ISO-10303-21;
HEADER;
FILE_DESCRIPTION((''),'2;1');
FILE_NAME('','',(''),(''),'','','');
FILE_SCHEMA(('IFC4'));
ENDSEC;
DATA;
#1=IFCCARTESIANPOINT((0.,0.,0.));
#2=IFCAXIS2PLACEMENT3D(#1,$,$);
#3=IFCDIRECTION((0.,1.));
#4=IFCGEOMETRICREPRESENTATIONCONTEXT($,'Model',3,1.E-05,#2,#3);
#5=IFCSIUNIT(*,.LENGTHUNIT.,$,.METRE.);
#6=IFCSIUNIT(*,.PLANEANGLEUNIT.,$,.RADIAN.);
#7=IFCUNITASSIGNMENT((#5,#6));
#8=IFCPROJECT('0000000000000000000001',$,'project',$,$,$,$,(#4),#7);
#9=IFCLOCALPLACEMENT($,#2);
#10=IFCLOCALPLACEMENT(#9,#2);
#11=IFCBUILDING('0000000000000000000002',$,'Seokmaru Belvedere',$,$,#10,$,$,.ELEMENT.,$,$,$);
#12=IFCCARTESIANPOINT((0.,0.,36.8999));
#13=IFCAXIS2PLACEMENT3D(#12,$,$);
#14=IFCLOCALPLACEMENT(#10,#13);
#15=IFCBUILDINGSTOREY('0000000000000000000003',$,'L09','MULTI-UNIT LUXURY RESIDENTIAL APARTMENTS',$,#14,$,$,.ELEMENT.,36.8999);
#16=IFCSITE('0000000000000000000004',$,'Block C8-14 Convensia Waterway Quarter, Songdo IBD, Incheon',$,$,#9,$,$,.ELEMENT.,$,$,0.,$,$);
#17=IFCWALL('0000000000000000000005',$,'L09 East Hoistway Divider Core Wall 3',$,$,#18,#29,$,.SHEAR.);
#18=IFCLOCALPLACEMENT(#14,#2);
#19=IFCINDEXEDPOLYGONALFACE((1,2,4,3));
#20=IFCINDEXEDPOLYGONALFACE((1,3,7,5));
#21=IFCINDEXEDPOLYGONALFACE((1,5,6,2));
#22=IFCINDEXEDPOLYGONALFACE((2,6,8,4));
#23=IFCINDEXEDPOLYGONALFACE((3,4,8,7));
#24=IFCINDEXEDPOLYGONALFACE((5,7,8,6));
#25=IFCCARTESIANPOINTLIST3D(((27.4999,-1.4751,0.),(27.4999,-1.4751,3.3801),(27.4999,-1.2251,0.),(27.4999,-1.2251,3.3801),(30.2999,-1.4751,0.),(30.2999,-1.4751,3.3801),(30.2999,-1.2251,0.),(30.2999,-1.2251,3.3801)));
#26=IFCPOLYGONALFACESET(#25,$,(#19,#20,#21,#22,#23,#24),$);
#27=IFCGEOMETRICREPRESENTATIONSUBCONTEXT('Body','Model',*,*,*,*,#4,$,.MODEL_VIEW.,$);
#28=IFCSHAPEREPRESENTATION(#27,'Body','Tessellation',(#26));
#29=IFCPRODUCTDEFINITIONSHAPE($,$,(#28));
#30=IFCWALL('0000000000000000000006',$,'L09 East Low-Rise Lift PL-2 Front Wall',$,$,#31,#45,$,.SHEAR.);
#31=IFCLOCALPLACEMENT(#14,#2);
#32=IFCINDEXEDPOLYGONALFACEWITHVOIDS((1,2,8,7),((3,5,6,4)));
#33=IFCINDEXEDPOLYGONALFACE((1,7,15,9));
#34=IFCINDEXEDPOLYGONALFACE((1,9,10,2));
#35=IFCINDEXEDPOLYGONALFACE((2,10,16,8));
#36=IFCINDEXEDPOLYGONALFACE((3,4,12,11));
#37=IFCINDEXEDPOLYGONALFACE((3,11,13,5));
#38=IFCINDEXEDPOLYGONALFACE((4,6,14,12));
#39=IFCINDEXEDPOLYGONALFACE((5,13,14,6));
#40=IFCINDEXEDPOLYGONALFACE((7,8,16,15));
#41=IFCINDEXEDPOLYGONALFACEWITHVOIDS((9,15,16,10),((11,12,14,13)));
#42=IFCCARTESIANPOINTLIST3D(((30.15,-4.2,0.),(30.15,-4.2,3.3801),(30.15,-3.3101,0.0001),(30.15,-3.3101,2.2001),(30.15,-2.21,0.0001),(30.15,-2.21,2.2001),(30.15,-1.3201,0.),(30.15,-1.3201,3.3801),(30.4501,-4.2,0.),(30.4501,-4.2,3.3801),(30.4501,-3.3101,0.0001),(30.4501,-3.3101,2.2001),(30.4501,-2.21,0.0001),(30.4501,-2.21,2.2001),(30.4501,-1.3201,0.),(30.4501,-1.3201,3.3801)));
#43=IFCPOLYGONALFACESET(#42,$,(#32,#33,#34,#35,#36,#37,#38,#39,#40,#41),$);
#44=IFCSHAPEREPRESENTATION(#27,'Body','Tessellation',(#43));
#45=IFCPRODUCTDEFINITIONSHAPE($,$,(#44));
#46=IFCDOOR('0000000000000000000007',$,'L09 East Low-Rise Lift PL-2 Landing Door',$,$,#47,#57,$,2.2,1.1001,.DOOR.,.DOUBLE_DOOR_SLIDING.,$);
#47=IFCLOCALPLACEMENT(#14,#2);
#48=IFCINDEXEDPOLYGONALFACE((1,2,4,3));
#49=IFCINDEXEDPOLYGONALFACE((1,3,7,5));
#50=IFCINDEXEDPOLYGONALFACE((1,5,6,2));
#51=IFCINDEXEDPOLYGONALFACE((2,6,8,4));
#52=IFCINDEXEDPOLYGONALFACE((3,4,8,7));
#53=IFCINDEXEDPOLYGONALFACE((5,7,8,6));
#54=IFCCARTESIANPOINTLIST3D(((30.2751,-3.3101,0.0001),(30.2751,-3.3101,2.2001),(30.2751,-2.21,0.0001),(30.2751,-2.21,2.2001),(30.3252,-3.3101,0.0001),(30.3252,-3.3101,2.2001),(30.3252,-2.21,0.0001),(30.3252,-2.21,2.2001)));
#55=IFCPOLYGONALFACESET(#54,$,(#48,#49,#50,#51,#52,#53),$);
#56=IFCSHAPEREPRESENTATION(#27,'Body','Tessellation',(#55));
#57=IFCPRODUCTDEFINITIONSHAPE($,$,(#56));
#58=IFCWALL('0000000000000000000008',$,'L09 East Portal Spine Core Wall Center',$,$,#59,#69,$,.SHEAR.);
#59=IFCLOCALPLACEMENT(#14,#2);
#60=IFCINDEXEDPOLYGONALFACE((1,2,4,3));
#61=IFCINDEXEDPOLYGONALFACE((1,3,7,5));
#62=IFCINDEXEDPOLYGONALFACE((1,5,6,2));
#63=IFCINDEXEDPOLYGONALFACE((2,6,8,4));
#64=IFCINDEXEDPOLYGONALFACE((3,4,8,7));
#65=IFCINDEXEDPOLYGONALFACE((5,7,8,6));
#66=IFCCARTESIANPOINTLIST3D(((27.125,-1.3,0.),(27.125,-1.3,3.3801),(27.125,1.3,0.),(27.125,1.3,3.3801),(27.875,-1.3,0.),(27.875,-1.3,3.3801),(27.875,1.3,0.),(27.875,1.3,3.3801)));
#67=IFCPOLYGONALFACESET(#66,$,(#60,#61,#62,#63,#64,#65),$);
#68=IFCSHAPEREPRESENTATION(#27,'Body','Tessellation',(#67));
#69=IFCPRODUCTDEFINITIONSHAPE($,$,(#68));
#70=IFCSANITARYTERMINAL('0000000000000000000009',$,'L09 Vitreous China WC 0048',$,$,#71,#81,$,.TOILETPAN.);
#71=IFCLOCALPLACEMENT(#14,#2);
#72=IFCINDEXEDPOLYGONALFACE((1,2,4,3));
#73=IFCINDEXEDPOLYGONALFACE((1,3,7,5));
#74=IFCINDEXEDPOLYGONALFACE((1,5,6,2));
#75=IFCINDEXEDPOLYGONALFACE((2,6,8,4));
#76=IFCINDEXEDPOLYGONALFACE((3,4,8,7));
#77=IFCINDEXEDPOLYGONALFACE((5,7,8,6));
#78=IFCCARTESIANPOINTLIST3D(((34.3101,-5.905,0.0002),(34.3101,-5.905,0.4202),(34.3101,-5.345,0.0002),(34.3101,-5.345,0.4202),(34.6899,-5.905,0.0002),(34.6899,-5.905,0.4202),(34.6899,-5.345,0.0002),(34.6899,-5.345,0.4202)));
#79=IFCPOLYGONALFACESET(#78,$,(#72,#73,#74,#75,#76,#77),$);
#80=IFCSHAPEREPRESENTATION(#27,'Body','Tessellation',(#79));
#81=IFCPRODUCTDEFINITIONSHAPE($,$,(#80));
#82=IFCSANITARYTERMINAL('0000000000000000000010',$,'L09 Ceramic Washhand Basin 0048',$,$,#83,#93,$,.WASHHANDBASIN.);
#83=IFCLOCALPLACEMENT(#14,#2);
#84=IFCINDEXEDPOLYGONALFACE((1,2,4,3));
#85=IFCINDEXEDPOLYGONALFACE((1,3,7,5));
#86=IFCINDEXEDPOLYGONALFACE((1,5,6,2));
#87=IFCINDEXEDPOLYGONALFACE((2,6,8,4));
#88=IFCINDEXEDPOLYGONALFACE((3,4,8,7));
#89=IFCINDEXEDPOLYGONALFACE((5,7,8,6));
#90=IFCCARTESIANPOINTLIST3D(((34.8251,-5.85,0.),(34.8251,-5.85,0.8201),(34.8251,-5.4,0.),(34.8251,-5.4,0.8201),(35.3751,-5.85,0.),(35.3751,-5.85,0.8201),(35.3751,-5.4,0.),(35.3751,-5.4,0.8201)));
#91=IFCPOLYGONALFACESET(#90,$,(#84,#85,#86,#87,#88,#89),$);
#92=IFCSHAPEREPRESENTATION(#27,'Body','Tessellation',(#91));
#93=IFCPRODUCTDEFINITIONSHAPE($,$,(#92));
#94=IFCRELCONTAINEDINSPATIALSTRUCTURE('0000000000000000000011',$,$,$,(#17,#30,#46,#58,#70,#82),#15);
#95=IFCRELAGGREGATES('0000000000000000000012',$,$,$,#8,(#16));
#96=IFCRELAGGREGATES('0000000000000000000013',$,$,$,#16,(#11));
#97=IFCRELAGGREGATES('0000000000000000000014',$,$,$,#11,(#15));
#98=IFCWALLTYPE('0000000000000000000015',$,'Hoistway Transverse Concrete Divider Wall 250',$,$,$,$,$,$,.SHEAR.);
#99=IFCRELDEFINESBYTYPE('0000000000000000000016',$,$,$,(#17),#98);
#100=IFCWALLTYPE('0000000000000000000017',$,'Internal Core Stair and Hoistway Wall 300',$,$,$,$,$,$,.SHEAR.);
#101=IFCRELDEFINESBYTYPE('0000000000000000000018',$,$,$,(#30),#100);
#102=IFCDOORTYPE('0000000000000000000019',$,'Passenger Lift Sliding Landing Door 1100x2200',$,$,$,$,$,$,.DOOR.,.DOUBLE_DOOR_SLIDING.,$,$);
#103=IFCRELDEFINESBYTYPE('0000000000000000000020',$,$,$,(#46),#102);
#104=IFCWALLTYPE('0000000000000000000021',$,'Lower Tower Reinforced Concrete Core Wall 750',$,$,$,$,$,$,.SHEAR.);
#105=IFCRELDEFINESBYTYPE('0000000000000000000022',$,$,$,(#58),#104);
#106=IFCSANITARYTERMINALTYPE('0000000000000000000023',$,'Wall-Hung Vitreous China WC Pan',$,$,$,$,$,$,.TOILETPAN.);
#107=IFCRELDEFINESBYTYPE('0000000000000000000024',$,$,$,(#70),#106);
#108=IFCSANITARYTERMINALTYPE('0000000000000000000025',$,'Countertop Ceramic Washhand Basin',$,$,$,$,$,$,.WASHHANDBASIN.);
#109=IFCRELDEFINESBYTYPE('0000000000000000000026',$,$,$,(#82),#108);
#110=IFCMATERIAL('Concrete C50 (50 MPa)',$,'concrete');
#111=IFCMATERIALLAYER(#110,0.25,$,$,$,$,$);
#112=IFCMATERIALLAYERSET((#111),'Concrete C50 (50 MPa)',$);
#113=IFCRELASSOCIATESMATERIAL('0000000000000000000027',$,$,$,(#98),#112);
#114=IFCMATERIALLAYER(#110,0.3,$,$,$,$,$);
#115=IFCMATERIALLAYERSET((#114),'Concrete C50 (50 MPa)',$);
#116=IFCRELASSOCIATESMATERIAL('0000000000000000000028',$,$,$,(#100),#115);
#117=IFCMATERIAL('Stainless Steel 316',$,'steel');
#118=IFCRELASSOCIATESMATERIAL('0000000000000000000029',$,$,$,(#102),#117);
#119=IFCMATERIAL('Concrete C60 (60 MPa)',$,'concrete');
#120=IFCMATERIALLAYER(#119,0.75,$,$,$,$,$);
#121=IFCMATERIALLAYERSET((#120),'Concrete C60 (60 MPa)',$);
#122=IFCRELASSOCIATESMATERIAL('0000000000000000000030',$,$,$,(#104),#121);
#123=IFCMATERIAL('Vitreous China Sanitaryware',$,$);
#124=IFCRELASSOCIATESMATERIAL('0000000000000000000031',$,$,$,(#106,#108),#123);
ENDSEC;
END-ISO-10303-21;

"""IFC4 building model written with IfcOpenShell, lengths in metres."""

from ifc_helpers import new_model, si_unit, direction, frame, frame_2d, origin, origin_2d, place, context, subcontext, project, spatial, rectangle, extrude, source, transform, mapped, material, layer, layer_set, type_object, type_shapes, element, fill, save


model = new_model("IFC4")

# Units and contexts
model_context = context("Model", 3, precision=1e-05, world=origin(), true_north=direction((0.0, 1.0)))
body_context = subcontext(model_context, "Body", "Model", "MODEL_VIEW")
ifc_project = project(units=[si_unit("LENGTHUNIT", "METRE"), si_unit("PLANEANGLEUNIT", "RADIAN")], contexts=[model_context])

# Site, building, storey
site_placement = place(None, origin())
site = spatial("IfcSite", under=ifc_project, at=site_placement, Name="Block C8-14 Convensia Waterway Quarter, Songdo IBD, Incheon", CompositionType="ELEMENT", RefElevation=0.0)
building_placement = place(site_placement, origin())
building = spatial("IfcBuilding", under=site, at=building_placement, Name="Seokmaru Belvedere", CompositionType="ELEMENT")
storey_placement = place(building_placement, frame((0.0, 0.0, 36.8999)))
storey = spatial("IfcBuildingStorey", under=building, at=storey_placement, Name="L09", Description="MULTI-UNIT LUXURY RESIDENTIAL APARTMENTS", CompositionType="ELEMENT", Elevation=36.8999)

# Wall
ifc_material_1 = material(Name="Concrete C50 (50 MPa)", Category="concrete")
ifc_layer_1 = layer(ifc_material_1, 0.25)
ifc_layer_set_1 = layer_set([ifc_layer_1], Name="Concrete C50 (50 MPa)")
wall_type_1 = type_object("IfcWallType", Name="Hoistway Transverse Concrete Divider Wall 250", PredefinedType="SHEAR", material=ifc_layer_set_1)
for number, where, z_axis, x_axis, name in (
    (1, (27.5, -1.3501, 0.0), (0.0, 0.0, 1.0), (1.0, 0.0, 0.0), "L09 East Hoistway Divider Core Wall 3"),
):
    element("IfcWall", number, at=place(storey_placement, frame(where, z_axis=z_axis, x_axis=x_axis)), inside=storey, type_object=wall_type_1, Name=name, PredefinedType="SHEAR", context=body_context, shape_type="SweptSolid", body=[
        extrude(rectangle(XDim=2.8, YDim=0.25, at=frame_2d((1.3999, 0.0))), origin(), (0.0, 0.0, 1.0), 3.3801),
    ])

# Wall, opening, door
ifc_layer_2 = layer(ifc_material_1, 0.3)
ifc_layer_set_2 = layer_set([ifc_layer_2], Name="Concrete C50 (50 MPa)")
wall_type_2 = type_object("IfcWallType", Name="Internal Core Stair and Hoistway Wall 300", PredefinedType="SHEAR", material=ifc_layer_set_2)
wall_1_placement = place(storey_placement, frame((30.3, -4.2, 0.0), z_axis=(0.0, 0.0, 1.0), x_axis=(0.0, 1.0, 0.0)))
wall_1 = element("IfcWall", 2, at=wall_1_placement, inside=storey, type_object=wall_type_2, Name="L09 East Low-Rise Lift PL-2 Front Wall", PredefinedType="SHEAR", context=body_context, shape_type="SweptSolid", body=[
    extrude(rectangle(XDim=2.8799, YDim=0.3, at=frame_2d((1.4399, 0.0))), origin(), (0.0, 0.0, 1.0), 3.3801),
])
opening_1_placement = place(wall_1_placement, frame((0.8899, 0.0, 0.0)))
opening_1 = element("IfcOpeningElement", 3, at=opening_1_placement, cuts=wall_1, PredefinedType="OPENING", context=body_context, shape_type="SweptSolid", body=[
    extrude(rectangle(XDim=1.1001, YDim=2.2, at=frame_2d((0.55, 1.1001))), frame((0.0, 0.1602, 0.0), z_axis=(0.0, -1.0, 0.0), x_axis=(1.0, 0.0, 0.0)), (0.0, 0.0, 1.0), 0.3201),
])
ifc_material_2 = material(Name="Stainless Steel 316", Category="steel")
door_type_1 = type_object("IfcDoorType", Name="Passenger Lift Sliding Landing Door 1100x2200", OperationType="DOUBLE_DOOR_SLIDING", PredefinedType="DOOR", material=ifc_material_2)
shared_shape_1 = source(origin(), body_context, "Body", "SweptSolid", [
    extrude(rectangle(XDim=1.1001, YDim=2.2, at=frame_2d((0.55, 1.1001))), frame((0.0, 0.0249, 0.0), z_axis=(0.0, -1.0, 0.0), x_axis=(1.0, 0.0, 0.0)), (0.0, 0.0, 1.0), 0.05),
])
type_shapes(door_type_1, [shared_shape_1])
door_1_placement = place(opening_1_placement, origin())
door_1 = element("IfcDoor", 4, at=door_1_placement, inside=storey, type_object=door_type_1, Name="L09 East Low-Rise Lift PL-2 Landing Door", OperationType="DOUBLE_DOOR_SLIDING", OverallHeight=2.2, OverallWidth=1.1001, PredefinedType="DOOR", context=body_context, shape_type="MappedRepresentation", body=[
    mapped(shared_shape_1, transform((0.0, 0.0, 0.0), scale=1.0)),
])
fill(opening_1, door_1)

# Wall
ifc_material_3 = material(Name="Concrete C60 (60 MPa)", Category="concrete")
ifc_layer_3 = layer(ifc_material_3, 0.75)
ifc_layer_set_3 = layer_set([ifc_layer_3], Name="Concrete C60 (60 MPa)")
wall_type_3 = type_object("IfcWallType", Name="Lower Tower Reinforced Concrete Core Wall 750", PredefinedType="SHEAR", material=ifc_layer_set_3)
wall_2_placement = place(storey_placement, frame((27.5, -1.3, 0.0), z_axis=(0.0, 0.0, 1.0), x_axis=(0.0, 1.0, 0.0)))
element("IfcWall", 5, at=wall_2_placement, inside=storey, type_object=wall_type_3, Name="L09 East Portal Spine Core Wall Center", PredefinedType="SHEAR", context=body_context, shape_type="SweptSolid", body=[
    extrude(rectangle(XDim=2.6001, YDim=0.75, at=frame_2d((1.3, 0.0))), origin(), (0.0, 0.0, 1.0), 3.3801),
])

# Sanitary terminals
ifc_material_4 = material(Name="Vitreous China Sanitaryware")
sanitary_terminal_type_1 = type_object("IfcSanitaryTerminalType", Name="Wall-Hung Vitreous China WC Pan", PredefinedType="TOILETPAN", material=ifc_material_4)
shared_shape_2 = source(origin(), body_context, "Body", "SweptSolid", [
    extrude(rectangle(XDim=0.3799, YDim=0.5601, at=origin_2d()), origin(), (0.0, 0.0, 1.0), 0.4199),
])
type_shapes(sanitary_terminal_type_1, [shared_shape_2])
sanitary_terminal_1_placement = place(storey_placement, frame((34.5, -5.625, 0.0002), z_axis=(0.0, 0.0, 1.0), x_axis=(1.0, 0.0, 0.0)))
element("IfcSanitaryTerminal", 6, at=sanitary_terminal_1_placement, inside=storey, type_object=sanitary_terminal_type_1, Name="L09 Vitreous China WC 0048", PredefinedType="TOILETPAN", context=body_context, shape_type="MappedRepresentation", body=[
    mapped(shared_shape_2, transform((0.0, 0.0, 0.0), scale=1.0)),
])
sanitary_terminal_type_2 = type_object("IfcSanitaryTerminalType", Name="Countertop Ceramic Washhand Basin", PredefinedType="WASHHANDBASIN", material=ifc_material_4)
shared_shape_3 = source(origin(), body_context, "Body", "SweptSolid", [
    extrude(rectangle(XDim=0.55, YDim=0.45, at=origin_2d()), origin(), (0.0, 0.0, 1.0), 0.8201),
])
type_shapes(sanitary_terminal_type_2, [shared_shape_3])
sanitary_terminal_2_placement = place(storey_placement, frame((35.1001, -5.625, 0.0), z_axis=(0.0, 0.0, 1.0), x_axis=(1.0, 0.0, 0.0)))
element("IfcSanitaryTerminal", 7, at=sanitary_terminal_2_placement, inside=storey, type_object=sanitary_terminal_type_2, Name="L09 Ceramic Washhand Basin 0048", PredefinedType="WASHHANDBASIN", context=body_context, shape_type="MappedRepresentation", body=[
    mapped(shared_shape_3, transform((0.0, 0.0, 0.0), scale=1.0)),
])

save(model, "model.ifc")
